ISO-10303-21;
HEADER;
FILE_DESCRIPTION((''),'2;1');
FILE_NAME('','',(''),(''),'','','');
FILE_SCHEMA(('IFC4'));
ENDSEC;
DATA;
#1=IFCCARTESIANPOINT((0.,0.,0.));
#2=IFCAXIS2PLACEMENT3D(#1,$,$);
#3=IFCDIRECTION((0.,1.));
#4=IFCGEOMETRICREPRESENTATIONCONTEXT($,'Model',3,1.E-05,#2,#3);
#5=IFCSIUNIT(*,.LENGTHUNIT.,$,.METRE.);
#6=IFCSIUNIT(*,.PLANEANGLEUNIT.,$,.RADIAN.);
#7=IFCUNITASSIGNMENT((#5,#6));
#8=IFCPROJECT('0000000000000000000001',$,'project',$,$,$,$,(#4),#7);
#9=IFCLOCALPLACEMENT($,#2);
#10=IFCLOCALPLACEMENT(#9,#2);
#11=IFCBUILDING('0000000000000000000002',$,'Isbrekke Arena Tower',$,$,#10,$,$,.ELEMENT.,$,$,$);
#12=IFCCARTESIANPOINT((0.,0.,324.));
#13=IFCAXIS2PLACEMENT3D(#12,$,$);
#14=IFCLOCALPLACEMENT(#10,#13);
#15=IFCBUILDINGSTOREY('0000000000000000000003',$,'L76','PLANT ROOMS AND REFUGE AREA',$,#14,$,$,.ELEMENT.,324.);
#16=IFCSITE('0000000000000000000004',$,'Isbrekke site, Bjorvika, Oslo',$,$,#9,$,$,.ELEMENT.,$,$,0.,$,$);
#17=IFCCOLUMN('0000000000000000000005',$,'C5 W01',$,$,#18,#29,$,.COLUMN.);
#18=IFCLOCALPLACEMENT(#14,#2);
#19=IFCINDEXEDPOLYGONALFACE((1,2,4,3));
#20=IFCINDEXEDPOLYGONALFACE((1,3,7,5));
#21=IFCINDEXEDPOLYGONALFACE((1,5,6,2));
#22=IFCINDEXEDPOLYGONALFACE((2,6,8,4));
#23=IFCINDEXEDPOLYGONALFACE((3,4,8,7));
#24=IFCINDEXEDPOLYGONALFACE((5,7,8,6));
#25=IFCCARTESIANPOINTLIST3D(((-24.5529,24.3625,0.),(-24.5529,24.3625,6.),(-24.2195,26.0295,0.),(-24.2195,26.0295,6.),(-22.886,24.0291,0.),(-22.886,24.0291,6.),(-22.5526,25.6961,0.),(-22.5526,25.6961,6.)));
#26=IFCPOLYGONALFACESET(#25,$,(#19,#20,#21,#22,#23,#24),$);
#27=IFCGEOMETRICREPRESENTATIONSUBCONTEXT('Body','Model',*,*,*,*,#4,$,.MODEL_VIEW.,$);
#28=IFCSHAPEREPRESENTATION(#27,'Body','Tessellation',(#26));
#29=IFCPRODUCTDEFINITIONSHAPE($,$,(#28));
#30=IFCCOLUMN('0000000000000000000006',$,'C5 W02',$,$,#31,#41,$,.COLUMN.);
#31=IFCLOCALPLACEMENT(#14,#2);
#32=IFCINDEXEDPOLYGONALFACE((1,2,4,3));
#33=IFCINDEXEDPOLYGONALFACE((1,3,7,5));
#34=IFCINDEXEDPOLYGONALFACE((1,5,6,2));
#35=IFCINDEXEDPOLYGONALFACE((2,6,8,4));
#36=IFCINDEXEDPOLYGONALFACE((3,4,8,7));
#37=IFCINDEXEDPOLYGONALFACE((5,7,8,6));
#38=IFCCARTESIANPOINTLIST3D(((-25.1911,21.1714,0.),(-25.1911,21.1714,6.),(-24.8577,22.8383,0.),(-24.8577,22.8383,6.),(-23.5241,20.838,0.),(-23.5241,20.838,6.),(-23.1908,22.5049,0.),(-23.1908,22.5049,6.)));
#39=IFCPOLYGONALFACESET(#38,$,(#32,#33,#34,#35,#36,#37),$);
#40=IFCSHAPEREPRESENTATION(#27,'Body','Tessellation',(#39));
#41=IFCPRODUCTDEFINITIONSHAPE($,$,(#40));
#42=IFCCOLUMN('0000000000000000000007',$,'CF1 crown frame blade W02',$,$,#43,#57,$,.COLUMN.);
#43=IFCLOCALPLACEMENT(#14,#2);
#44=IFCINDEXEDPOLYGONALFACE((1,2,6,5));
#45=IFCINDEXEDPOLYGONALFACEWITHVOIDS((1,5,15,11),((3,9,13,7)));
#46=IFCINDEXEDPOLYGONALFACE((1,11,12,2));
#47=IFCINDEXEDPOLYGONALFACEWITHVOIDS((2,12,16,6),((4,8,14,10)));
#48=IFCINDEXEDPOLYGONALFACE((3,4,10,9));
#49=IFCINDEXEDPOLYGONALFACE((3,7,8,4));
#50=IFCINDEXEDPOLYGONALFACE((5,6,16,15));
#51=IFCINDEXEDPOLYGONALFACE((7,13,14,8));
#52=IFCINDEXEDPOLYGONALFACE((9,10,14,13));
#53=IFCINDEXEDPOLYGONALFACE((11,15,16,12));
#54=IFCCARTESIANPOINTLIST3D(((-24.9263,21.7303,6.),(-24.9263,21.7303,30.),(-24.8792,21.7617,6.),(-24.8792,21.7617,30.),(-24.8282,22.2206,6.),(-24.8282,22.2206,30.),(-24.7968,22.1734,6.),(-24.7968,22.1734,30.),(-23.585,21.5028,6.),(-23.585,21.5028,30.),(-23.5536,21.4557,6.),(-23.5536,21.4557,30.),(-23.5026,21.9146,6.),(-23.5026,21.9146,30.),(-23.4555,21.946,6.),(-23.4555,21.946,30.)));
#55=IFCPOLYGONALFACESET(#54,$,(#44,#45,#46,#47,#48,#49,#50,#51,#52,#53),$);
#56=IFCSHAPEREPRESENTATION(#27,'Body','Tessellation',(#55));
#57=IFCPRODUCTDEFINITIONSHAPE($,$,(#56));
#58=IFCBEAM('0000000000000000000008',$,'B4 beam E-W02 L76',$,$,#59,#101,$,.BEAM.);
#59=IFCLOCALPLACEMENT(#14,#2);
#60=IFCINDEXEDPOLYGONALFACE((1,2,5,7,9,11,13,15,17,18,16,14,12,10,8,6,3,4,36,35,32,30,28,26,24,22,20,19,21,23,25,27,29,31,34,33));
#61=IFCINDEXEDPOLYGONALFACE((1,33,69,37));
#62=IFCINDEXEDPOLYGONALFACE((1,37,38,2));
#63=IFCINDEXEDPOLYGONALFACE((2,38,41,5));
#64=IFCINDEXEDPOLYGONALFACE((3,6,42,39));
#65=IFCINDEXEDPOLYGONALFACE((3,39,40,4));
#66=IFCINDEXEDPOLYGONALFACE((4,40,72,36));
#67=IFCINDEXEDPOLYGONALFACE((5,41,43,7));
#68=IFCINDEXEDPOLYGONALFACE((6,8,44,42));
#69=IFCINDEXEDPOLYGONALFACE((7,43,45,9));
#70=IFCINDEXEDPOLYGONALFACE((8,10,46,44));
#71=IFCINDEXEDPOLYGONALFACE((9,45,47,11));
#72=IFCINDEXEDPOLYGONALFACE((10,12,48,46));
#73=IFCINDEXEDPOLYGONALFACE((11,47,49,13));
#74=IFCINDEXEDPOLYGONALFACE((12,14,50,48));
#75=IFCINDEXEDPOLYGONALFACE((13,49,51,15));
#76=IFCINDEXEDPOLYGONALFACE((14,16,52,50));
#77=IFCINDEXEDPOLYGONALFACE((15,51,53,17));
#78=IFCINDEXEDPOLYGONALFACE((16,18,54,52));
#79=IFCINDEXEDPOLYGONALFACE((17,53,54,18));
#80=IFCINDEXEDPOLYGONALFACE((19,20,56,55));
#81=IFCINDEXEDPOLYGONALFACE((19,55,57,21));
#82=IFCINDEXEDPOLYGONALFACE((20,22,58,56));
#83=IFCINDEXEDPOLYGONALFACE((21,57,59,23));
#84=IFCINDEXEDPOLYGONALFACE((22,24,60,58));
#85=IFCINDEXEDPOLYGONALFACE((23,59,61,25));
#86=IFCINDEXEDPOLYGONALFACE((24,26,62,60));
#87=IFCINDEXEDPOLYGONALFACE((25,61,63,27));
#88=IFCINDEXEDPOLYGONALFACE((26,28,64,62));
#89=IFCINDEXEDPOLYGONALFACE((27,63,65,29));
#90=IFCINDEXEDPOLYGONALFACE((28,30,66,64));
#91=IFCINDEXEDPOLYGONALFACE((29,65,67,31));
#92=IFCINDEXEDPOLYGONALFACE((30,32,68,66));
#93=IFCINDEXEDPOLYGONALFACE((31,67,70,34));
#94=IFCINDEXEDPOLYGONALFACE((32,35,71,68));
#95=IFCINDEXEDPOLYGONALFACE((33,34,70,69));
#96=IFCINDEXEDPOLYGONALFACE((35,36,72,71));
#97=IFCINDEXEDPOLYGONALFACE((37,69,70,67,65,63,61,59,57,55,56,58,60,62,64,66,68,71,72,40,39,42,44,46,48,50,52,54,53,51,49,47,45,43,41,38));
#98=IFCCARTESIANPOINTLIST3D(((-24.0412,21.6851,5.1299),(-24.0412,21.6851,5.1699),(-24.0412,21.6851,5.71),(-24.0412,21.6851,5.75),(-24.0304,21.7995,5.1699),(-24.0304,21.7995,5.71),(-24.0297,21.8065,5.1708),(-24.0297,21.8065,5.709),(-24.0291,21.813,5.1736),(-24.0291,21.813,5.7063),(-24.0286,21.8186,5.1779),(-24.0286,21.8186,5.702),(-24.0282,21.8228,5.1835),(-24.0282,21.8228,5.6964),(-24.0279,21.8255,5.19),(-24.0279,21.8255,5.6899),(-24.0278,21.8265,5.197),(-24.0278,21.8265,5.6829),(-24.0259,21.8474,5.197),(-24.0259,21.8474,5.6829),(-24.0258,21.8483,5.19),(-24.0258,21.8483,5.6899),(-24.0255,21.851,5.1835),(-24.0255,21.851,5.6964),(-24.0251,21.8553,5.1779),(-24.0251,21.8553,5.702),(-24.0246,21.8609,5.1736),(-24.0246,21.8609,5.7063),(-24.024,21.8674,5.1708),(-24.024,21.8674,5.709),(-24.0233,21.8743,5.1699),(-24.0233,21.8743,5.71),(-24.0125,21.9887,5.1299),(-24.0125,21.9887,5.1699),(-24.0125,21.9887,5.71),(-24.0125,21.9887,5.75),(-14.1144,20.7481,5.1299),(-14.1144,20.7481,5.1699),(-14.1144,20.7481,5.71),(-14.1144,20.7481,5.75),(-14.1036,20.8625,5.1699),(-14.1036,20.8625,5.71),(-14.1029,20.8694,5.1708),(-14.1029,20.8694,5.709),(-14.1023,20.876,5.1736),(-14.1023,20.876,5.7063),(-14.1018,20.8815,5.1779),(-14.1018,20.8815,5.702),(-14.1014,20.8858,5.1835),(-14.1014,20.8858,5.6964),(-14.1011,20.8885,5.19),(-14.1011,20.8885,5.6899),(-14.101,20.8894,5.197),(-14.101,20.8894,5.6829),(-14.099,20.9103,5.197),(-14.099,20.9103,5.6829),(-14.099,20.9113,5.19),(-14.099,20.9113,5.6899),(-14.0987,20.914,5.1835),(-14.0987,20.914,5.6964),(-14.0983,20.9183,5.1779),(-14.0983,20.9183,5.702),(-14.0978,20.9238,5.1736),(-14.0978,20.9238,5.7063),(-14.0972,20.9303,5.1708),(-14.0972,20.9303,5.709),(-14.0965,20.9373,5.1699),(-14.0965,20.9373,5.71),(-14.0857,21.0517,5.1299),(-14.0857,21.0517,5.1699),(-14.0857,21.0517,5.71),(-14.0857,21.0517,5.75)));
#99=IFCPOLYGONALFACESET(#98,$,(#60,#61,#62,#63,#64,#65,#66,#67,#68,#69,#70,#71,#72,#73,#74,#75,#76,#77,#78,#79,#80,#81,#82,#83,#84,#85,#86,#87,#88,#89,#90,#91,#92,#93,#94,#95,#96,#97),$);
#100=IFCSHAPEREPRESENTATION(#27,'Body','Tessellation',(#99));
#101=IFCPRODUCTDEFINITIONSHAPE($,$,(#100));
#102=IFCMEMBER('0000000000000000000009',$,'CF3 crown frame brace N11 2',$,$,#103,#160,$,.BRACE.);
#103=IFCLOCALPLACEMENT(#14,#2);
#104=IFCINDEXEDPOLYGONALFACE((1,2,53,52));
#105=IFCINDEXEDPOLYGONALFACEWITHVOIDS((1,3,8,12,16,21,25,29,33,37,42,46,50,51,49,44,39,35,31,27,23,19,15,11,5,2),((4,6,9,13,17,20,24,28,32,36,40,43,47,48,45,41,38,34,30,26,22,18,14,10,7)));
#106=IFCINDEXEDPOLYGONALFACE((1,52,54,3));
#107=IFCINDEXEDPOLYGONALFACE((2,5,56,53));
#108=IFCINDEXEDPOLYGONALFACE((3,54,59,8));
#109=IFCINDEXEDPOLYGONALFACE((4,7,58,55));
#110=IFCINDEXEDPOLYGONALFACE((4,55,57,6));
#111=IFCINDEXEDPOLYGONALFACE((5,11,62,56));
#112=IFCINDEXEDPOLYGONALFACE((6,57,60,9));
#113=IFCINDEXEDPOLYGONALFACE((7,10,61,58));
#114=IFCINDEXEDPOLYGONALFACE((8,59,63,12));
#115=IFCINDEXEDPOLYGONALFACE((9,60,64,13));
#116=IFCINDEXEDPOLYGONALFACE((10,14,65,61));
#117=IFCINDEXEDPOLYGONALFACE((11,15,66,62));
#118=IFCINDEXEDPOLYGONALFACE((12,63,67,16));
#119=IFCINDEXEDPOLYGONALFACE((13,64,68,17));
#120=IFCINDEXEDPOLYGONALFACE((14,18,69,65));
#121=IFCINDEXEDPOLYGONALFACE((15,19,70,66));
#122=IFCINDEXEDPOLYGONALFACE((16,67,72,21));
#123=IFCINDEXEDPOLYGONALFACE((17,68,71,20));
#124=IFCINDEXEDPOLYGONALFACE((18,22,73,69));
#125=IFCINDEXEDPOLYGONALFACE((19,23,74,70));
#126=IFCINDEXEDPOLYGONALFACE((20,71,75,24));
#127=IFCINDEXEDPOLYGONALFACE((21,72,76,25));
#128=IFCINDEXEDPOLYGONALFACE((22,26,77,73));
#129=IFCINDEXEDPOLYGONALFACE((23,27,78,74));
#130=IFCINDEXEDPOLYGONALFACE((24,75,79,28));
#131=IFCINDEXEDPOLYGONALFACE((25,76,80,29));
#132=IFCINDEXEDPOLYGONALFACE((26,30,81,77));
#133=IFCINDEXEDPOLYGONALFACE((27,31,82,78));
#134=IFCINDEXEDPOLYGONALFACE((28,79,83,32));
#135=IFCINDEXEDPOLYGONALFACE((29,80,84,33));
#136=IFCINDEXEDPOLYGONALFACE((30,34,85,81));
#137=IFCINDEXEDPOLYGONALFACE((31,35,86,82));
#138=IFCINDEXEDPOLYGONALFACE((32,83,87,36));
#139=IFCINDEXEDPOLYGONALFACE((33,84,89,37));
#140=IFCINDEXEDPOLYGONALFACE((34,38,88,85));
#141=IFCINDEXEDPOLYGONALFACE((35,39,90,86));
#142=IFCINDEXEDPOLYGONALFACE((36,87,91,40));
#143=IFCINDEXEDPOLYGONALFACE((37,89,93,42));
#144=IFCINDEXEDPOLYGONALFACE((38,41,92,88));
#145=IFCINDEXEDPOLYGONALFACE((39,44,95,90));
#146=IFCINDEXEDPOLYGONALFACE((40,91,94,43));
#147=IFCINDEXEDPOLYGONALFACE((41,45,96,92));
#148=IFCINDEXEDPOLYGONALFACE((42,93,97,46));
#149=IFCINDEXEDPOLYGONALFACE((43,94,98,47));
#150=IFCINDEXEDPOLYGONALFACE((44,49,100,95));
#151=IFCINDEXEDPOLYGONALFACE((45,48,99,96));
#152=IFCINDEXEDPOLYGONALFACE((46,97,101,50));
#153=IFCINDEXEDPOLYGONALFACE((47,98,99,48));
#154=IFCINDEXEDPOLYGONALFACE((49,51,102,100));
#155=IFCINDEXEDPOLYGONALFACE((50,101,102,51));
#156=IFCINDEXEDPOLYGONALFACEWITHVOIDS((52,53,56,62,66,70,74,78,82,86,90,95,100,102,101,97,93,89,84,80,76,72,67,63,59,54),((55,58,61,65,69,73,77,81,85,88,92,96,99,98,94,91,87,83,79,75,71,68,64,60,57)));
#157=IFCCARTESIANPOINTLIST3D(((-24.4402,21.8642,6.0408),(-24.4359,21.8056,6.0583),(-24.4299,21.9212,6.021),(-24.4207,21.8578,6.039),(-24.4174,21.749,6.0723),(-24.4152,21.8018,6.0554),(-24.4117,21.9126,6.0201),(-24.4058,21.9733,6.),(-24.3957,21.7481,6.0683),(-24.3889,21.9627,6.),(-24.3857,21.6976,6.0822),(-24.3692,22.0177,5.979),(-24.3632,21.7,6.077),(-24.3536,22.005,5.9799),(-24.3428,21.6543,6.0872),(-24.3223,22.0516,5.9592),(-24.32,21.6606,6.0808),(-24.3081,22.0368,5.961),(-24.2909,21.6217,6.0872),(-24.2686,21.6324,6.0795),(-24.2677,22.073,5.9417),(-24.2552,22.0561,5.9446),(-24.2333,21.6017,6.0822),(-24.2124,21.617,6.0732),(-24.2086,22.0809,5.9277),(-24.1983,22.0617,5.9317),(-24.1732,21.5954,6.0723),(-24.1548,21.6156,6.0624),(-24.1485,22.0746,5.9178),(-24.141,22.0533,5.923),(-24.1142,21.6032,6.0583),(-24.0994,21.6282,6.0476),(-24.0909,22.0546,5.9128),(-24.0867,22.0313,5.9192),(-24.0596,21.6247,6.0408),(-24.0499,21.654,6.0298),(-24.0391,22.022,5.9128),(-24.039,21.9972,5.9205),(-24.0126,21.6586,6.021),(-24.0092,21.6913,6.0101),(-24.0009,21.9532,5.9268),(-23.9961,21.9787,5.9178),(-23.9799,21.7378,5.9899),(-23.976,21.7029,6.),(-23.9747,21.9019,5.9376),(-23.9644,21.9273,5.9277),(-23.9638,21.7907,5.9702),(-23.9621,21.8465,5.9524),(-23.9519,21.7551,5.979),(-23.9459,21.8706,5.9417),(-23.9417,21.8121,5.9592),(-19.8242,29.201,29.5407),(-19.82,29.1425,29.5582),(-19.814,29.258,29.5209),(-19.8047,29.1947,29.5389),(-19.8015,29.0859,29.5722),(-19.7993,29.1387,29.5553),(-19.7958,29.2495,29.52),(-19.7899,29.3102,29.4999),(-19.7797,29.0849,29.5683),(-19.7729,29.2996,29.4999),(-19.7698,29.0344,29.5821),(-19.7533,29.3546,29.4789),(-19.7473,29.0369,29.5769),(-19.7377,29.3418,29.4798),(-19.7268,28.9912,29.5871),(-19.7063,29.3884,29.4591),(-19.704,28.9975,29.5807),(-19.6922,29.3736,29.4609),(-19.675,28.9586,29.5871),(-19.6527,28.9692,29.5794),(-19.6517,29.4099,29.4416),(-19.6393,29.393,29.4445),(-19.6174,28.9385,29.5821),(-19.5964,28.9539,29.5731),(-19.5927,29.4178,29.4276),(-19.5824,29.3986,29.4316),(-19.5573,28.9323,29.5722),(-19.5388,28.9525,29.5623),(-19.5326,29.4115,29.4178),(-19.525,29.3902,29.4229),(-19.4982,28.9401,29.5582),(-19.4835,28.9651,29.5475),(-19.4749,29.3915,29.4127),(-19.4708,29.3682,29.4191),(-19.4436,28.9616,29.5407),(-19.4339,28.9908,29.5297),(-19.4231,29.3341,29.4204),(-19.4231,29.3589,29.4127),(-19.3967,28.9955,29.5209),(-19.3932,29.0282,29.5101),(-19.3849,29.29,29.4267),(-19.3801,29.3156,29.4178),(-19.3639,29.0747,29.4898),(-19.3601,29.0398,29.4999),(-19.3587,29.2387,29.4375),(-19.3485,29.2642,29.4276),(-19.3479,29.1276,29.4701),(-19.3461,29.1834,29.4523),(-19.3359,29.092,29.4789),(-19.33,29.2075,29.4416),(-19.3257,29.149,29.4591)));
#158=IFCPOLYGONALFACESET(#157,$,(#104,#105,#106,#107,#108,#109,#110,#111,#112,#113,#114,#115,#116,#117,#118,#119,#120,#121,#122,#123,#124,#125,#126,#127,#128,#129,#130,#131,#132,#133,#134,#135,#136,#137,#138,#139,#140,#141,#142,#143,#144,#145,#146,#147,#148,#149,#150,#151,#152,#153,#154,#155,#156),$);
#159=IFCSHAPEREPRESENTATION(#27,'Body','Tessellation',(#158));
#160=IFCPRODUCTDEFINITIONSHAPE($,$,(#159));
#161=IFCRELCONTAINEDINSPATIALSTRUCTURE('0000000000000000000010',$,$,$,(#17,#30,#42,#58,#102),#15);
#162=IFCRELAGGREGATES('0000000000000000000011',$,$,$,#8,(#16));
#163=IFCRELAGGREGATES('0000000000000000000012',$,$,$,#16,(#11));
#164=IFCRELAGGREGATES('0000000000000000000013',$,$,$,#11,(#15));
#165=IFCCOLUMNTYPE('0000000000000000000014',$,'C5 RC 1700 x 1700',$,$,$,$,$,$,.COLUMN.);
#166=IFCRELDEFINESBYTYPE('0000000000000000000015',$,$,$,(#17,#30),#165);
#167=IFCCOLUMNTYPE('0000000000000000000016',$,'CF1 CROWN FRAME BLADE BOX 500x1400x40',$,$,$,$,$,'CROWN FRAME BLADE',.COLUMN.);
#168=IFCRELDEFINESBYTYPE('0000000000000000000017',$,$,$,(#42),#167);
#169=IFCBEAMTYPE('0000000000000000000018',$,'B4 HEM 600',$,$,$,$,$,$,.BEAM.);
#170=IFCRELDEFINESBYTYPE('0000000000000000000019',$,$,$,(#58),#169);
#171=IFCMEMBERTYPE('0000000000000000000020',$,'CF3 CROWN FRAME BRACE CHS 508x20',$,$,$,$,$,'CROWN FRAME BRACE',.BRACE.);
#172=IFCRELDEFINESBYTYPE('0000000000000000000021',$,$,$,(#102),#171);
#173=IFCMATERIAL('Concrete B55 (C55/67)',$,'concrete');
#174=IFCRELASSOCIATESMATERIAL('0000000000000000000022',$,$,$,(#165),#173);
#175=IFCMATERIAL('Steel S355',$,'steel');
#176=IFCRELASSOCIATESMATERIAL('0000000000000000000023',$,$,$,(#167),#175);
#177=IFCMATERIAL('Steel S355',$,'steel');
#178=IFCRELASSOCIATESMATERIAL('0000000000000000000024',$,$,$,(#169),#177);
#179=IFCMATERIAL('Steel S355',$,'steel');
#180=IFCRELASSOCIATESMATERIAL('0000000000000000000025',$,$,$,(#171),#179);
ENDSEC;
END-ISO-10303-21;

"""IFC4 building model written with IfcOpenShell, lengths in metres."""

from ifc_helpers import new_model, si_unit, direction, frame, origin, origin_2d, place, context, subcontext, project, spatial, rectangle, hollow_rectangle, hollow_circle, i_section, extrude, material, material_profile, profile_set, type_object, element, save


model = new_model("IFC4")

# Units and contexts
model_context = context("Model", 3, precision=1e-05, world=origin(), true_north=direction((0.0, 1.0)))
body_context = subcontext(model_context, "Body", "Model", "MODEL_VIEW")
ifc_project = project(units=[si_unit("LENGTHUNIT", "METRE"), si_unit("PLANEANGLEUNIT", "RADIAN")], contexts=[model_context])

# Site, building, storey
site_placement = place(None, origin())
site = spatial("IfcSite", under=ifc_project, at=site_placement, Name="Isbrekke site, Bjorvika, Oslo", CompositionType="ELEMENT", RefElevation=0.0)
building_placement = place(site_placement, origin())
building = spatial("IfcBuilding", under=site, at=building_placement, Name="Isbrekke Arena Tower", CompositionType="ELEMENT")
storey_placement = place(building_placement, frame((0.0, 0.0, 324.0)))
storey = spatial("IfcBuildingStorey", under=building, at=storey_placement, Name="L76", Description="PLANT ROOMS AND REFUGE AREA", CompositionType="ELEMENT", Elevation=324.0)

# Columns
ifc_material_1 = material(Name="Concrete B55 (C55/67)", Category="concrete")
ifc_material_profile_1 = material_profile(ifc_material_1, rectangle(XDim=1.7, YDim=1.7, at=origin_2d()), Name="RC 1700x1700")
ifc_profile_set_1 = profile_set([ifc_material_profile_1], Name="Concrete B55 (C55/67)")
column_type_1 = type_object("IfcColumnType", Name="C5 RC 1700 x 1700", PredefinedType="COLUMN", material=ifc_profile_set_1)
for number, where, z_axis, x_axis, name in (
    (1, (-23.5527, 25.0293, 0.0), (0.0, 0.0, 1.0), (-0.196116, -0.980581, 0.0), "C5 W01"),
    (2, (-24.1909, 21.8381, 0.0), (0.0, 0.0, 1.0), (-0.196116, -0.980581, 0.0), "C5 W02"),
):
    element("IfcColumn", number, at=place(storey_placement, frame(where, z_axis=z_axis, x_axis=x_axis)), inside=storey, type_object=column_type_1, Name=name, PredefinedType="COLUMN", context=body_context, shape_type="SweptSolid", body=[
        extrude(rectangle(XDim=1.7, YDim=1.7, at=origin_2d()), origin(), (0.0, 0.0, 1.0), 6.0),
    ])
ifc_material_2 = material(Name="Steel S355", Category="steel")
ifc_material_profile_2 = material_profile(ifc_material_2, hollow_rectangle(XDim=0.5, YDim=1.3999, WallThickness=0.04, at=origin_2d()), Name="BOX 500x1400x40")
ifc_profile_set_2 = profile_set([ifc_material_profile_2], Name="Steel S355")
column_type_2 = type_object("IfcColumnType", Name="CF1 CROWN FRAME BLADE BOX 500x1400x40", ElementType="CROWN FRAME BLADE", PredefinedType="COLUMN", material=ifc_profile_set_2)
column_placement = place(storey_placement, frame((-24.1909, 21.8381, 6.0), z_axis=(0.0, 0.0, 1.0), x_axis=(-0.196116, -0.980581, 0.0)))
element("IfcColumn", 3, at=column_placement, inside=storey, type_object=column_type_2, Name="CF1 crown frame blade W02", PredefinedType="COLUMN", context=body_context, shape_type="SweptSolid", body=[
    extrude(hollow_rectangle(XDim=0.5, YDim=1.3999, WallThickness=0.04, at=origin_2d()), origin(), (0.0, 0.0, 1.0), 24.0),
])

# Beam
ifc_material_3 = material(Name="Steel S355", Category="steel")
ifc_material_profile_3 = material_profile(ifc_material_3, i_section(OverallWidth=0.3049, OverallDepth=0.6201, WebThickness=0.021, FlangeThickness=0.04, FilletRadius=0.0271, at=origin_2d()), Name="HEM 600")
ifc_profile_set_3 = profile_set([ifc_material_profile_3], Name="Steel S355")
beam_type_1 = type_object("IfcBeamType", Name="B4 HEM 600", PredefinedType="BEAM", material=ifc_profile_set_3)
beam_1_placement = place(storey_placement, frame((-24.0269, 21.8369, 5.4399), z_axis=(0.995575, -0.093975, 0.0), x_axis=(0.093975, 0.995575, 0.0)))
element("IfcBeam", 4, at=beam_1_placement, inside=storey, type_object=beam_type_1, Name="B4 beam E-W02 L76", PredefinedType="BEAM", context=body_context, shape_type="SweptSolid", body=[
    extrude(i_section(OverallWidth=0.3049, OverallDepth=0.6201, WebThickness=0.021, FlangeThickness=0.04, FilletRadius=0.0271, at=origin_2d()), origin(), (0.0, 0.0, 1.0), 9.9709),
])

# Member
ifc_material_4 = material(Name="Steel S355", Category="steel")
ifc_material_profile_4 = material_profile(ifc_material_4, hollow_circle(Radius=0.2539, WallThickness=0.02, at=origin_2d()), Name="CHS 508x20")
ifc_profile_set_4 = profile_set([ifc_material_profile_4], Name="Steel S355")
member_type_1 = type_object("IfcMemberType", Name="CF3 CROWN FRAME BRACE CHS 508x20", ElementType="CROWN FRAME BRACE", PredefinedType="BRACE", material=ifc_profile_set_4)
member_1_placement = place(storey_placement, frame((-24.1909, 21.8381, 6.0), z_axis=(0.184287, 0.292918, 0.93821), x_axis=(-0.846419, 0.532518, 0.0)))
element("IfcMember", 5, at=member_1_placement, inside=storey, type_object=member_type_1, Name="CF3 crown frame brace N11 2", PredefinedType="BRACE", context=body_context, shape_type="SweptSolid", body=[
    extrude(hollow_circle(Radius=0.2539, WallThickness=0.02, at=origin_2d()), origin(), (0.0, 0.0, 1.0), 25.0476),
])

save(model, "model.ifc")
